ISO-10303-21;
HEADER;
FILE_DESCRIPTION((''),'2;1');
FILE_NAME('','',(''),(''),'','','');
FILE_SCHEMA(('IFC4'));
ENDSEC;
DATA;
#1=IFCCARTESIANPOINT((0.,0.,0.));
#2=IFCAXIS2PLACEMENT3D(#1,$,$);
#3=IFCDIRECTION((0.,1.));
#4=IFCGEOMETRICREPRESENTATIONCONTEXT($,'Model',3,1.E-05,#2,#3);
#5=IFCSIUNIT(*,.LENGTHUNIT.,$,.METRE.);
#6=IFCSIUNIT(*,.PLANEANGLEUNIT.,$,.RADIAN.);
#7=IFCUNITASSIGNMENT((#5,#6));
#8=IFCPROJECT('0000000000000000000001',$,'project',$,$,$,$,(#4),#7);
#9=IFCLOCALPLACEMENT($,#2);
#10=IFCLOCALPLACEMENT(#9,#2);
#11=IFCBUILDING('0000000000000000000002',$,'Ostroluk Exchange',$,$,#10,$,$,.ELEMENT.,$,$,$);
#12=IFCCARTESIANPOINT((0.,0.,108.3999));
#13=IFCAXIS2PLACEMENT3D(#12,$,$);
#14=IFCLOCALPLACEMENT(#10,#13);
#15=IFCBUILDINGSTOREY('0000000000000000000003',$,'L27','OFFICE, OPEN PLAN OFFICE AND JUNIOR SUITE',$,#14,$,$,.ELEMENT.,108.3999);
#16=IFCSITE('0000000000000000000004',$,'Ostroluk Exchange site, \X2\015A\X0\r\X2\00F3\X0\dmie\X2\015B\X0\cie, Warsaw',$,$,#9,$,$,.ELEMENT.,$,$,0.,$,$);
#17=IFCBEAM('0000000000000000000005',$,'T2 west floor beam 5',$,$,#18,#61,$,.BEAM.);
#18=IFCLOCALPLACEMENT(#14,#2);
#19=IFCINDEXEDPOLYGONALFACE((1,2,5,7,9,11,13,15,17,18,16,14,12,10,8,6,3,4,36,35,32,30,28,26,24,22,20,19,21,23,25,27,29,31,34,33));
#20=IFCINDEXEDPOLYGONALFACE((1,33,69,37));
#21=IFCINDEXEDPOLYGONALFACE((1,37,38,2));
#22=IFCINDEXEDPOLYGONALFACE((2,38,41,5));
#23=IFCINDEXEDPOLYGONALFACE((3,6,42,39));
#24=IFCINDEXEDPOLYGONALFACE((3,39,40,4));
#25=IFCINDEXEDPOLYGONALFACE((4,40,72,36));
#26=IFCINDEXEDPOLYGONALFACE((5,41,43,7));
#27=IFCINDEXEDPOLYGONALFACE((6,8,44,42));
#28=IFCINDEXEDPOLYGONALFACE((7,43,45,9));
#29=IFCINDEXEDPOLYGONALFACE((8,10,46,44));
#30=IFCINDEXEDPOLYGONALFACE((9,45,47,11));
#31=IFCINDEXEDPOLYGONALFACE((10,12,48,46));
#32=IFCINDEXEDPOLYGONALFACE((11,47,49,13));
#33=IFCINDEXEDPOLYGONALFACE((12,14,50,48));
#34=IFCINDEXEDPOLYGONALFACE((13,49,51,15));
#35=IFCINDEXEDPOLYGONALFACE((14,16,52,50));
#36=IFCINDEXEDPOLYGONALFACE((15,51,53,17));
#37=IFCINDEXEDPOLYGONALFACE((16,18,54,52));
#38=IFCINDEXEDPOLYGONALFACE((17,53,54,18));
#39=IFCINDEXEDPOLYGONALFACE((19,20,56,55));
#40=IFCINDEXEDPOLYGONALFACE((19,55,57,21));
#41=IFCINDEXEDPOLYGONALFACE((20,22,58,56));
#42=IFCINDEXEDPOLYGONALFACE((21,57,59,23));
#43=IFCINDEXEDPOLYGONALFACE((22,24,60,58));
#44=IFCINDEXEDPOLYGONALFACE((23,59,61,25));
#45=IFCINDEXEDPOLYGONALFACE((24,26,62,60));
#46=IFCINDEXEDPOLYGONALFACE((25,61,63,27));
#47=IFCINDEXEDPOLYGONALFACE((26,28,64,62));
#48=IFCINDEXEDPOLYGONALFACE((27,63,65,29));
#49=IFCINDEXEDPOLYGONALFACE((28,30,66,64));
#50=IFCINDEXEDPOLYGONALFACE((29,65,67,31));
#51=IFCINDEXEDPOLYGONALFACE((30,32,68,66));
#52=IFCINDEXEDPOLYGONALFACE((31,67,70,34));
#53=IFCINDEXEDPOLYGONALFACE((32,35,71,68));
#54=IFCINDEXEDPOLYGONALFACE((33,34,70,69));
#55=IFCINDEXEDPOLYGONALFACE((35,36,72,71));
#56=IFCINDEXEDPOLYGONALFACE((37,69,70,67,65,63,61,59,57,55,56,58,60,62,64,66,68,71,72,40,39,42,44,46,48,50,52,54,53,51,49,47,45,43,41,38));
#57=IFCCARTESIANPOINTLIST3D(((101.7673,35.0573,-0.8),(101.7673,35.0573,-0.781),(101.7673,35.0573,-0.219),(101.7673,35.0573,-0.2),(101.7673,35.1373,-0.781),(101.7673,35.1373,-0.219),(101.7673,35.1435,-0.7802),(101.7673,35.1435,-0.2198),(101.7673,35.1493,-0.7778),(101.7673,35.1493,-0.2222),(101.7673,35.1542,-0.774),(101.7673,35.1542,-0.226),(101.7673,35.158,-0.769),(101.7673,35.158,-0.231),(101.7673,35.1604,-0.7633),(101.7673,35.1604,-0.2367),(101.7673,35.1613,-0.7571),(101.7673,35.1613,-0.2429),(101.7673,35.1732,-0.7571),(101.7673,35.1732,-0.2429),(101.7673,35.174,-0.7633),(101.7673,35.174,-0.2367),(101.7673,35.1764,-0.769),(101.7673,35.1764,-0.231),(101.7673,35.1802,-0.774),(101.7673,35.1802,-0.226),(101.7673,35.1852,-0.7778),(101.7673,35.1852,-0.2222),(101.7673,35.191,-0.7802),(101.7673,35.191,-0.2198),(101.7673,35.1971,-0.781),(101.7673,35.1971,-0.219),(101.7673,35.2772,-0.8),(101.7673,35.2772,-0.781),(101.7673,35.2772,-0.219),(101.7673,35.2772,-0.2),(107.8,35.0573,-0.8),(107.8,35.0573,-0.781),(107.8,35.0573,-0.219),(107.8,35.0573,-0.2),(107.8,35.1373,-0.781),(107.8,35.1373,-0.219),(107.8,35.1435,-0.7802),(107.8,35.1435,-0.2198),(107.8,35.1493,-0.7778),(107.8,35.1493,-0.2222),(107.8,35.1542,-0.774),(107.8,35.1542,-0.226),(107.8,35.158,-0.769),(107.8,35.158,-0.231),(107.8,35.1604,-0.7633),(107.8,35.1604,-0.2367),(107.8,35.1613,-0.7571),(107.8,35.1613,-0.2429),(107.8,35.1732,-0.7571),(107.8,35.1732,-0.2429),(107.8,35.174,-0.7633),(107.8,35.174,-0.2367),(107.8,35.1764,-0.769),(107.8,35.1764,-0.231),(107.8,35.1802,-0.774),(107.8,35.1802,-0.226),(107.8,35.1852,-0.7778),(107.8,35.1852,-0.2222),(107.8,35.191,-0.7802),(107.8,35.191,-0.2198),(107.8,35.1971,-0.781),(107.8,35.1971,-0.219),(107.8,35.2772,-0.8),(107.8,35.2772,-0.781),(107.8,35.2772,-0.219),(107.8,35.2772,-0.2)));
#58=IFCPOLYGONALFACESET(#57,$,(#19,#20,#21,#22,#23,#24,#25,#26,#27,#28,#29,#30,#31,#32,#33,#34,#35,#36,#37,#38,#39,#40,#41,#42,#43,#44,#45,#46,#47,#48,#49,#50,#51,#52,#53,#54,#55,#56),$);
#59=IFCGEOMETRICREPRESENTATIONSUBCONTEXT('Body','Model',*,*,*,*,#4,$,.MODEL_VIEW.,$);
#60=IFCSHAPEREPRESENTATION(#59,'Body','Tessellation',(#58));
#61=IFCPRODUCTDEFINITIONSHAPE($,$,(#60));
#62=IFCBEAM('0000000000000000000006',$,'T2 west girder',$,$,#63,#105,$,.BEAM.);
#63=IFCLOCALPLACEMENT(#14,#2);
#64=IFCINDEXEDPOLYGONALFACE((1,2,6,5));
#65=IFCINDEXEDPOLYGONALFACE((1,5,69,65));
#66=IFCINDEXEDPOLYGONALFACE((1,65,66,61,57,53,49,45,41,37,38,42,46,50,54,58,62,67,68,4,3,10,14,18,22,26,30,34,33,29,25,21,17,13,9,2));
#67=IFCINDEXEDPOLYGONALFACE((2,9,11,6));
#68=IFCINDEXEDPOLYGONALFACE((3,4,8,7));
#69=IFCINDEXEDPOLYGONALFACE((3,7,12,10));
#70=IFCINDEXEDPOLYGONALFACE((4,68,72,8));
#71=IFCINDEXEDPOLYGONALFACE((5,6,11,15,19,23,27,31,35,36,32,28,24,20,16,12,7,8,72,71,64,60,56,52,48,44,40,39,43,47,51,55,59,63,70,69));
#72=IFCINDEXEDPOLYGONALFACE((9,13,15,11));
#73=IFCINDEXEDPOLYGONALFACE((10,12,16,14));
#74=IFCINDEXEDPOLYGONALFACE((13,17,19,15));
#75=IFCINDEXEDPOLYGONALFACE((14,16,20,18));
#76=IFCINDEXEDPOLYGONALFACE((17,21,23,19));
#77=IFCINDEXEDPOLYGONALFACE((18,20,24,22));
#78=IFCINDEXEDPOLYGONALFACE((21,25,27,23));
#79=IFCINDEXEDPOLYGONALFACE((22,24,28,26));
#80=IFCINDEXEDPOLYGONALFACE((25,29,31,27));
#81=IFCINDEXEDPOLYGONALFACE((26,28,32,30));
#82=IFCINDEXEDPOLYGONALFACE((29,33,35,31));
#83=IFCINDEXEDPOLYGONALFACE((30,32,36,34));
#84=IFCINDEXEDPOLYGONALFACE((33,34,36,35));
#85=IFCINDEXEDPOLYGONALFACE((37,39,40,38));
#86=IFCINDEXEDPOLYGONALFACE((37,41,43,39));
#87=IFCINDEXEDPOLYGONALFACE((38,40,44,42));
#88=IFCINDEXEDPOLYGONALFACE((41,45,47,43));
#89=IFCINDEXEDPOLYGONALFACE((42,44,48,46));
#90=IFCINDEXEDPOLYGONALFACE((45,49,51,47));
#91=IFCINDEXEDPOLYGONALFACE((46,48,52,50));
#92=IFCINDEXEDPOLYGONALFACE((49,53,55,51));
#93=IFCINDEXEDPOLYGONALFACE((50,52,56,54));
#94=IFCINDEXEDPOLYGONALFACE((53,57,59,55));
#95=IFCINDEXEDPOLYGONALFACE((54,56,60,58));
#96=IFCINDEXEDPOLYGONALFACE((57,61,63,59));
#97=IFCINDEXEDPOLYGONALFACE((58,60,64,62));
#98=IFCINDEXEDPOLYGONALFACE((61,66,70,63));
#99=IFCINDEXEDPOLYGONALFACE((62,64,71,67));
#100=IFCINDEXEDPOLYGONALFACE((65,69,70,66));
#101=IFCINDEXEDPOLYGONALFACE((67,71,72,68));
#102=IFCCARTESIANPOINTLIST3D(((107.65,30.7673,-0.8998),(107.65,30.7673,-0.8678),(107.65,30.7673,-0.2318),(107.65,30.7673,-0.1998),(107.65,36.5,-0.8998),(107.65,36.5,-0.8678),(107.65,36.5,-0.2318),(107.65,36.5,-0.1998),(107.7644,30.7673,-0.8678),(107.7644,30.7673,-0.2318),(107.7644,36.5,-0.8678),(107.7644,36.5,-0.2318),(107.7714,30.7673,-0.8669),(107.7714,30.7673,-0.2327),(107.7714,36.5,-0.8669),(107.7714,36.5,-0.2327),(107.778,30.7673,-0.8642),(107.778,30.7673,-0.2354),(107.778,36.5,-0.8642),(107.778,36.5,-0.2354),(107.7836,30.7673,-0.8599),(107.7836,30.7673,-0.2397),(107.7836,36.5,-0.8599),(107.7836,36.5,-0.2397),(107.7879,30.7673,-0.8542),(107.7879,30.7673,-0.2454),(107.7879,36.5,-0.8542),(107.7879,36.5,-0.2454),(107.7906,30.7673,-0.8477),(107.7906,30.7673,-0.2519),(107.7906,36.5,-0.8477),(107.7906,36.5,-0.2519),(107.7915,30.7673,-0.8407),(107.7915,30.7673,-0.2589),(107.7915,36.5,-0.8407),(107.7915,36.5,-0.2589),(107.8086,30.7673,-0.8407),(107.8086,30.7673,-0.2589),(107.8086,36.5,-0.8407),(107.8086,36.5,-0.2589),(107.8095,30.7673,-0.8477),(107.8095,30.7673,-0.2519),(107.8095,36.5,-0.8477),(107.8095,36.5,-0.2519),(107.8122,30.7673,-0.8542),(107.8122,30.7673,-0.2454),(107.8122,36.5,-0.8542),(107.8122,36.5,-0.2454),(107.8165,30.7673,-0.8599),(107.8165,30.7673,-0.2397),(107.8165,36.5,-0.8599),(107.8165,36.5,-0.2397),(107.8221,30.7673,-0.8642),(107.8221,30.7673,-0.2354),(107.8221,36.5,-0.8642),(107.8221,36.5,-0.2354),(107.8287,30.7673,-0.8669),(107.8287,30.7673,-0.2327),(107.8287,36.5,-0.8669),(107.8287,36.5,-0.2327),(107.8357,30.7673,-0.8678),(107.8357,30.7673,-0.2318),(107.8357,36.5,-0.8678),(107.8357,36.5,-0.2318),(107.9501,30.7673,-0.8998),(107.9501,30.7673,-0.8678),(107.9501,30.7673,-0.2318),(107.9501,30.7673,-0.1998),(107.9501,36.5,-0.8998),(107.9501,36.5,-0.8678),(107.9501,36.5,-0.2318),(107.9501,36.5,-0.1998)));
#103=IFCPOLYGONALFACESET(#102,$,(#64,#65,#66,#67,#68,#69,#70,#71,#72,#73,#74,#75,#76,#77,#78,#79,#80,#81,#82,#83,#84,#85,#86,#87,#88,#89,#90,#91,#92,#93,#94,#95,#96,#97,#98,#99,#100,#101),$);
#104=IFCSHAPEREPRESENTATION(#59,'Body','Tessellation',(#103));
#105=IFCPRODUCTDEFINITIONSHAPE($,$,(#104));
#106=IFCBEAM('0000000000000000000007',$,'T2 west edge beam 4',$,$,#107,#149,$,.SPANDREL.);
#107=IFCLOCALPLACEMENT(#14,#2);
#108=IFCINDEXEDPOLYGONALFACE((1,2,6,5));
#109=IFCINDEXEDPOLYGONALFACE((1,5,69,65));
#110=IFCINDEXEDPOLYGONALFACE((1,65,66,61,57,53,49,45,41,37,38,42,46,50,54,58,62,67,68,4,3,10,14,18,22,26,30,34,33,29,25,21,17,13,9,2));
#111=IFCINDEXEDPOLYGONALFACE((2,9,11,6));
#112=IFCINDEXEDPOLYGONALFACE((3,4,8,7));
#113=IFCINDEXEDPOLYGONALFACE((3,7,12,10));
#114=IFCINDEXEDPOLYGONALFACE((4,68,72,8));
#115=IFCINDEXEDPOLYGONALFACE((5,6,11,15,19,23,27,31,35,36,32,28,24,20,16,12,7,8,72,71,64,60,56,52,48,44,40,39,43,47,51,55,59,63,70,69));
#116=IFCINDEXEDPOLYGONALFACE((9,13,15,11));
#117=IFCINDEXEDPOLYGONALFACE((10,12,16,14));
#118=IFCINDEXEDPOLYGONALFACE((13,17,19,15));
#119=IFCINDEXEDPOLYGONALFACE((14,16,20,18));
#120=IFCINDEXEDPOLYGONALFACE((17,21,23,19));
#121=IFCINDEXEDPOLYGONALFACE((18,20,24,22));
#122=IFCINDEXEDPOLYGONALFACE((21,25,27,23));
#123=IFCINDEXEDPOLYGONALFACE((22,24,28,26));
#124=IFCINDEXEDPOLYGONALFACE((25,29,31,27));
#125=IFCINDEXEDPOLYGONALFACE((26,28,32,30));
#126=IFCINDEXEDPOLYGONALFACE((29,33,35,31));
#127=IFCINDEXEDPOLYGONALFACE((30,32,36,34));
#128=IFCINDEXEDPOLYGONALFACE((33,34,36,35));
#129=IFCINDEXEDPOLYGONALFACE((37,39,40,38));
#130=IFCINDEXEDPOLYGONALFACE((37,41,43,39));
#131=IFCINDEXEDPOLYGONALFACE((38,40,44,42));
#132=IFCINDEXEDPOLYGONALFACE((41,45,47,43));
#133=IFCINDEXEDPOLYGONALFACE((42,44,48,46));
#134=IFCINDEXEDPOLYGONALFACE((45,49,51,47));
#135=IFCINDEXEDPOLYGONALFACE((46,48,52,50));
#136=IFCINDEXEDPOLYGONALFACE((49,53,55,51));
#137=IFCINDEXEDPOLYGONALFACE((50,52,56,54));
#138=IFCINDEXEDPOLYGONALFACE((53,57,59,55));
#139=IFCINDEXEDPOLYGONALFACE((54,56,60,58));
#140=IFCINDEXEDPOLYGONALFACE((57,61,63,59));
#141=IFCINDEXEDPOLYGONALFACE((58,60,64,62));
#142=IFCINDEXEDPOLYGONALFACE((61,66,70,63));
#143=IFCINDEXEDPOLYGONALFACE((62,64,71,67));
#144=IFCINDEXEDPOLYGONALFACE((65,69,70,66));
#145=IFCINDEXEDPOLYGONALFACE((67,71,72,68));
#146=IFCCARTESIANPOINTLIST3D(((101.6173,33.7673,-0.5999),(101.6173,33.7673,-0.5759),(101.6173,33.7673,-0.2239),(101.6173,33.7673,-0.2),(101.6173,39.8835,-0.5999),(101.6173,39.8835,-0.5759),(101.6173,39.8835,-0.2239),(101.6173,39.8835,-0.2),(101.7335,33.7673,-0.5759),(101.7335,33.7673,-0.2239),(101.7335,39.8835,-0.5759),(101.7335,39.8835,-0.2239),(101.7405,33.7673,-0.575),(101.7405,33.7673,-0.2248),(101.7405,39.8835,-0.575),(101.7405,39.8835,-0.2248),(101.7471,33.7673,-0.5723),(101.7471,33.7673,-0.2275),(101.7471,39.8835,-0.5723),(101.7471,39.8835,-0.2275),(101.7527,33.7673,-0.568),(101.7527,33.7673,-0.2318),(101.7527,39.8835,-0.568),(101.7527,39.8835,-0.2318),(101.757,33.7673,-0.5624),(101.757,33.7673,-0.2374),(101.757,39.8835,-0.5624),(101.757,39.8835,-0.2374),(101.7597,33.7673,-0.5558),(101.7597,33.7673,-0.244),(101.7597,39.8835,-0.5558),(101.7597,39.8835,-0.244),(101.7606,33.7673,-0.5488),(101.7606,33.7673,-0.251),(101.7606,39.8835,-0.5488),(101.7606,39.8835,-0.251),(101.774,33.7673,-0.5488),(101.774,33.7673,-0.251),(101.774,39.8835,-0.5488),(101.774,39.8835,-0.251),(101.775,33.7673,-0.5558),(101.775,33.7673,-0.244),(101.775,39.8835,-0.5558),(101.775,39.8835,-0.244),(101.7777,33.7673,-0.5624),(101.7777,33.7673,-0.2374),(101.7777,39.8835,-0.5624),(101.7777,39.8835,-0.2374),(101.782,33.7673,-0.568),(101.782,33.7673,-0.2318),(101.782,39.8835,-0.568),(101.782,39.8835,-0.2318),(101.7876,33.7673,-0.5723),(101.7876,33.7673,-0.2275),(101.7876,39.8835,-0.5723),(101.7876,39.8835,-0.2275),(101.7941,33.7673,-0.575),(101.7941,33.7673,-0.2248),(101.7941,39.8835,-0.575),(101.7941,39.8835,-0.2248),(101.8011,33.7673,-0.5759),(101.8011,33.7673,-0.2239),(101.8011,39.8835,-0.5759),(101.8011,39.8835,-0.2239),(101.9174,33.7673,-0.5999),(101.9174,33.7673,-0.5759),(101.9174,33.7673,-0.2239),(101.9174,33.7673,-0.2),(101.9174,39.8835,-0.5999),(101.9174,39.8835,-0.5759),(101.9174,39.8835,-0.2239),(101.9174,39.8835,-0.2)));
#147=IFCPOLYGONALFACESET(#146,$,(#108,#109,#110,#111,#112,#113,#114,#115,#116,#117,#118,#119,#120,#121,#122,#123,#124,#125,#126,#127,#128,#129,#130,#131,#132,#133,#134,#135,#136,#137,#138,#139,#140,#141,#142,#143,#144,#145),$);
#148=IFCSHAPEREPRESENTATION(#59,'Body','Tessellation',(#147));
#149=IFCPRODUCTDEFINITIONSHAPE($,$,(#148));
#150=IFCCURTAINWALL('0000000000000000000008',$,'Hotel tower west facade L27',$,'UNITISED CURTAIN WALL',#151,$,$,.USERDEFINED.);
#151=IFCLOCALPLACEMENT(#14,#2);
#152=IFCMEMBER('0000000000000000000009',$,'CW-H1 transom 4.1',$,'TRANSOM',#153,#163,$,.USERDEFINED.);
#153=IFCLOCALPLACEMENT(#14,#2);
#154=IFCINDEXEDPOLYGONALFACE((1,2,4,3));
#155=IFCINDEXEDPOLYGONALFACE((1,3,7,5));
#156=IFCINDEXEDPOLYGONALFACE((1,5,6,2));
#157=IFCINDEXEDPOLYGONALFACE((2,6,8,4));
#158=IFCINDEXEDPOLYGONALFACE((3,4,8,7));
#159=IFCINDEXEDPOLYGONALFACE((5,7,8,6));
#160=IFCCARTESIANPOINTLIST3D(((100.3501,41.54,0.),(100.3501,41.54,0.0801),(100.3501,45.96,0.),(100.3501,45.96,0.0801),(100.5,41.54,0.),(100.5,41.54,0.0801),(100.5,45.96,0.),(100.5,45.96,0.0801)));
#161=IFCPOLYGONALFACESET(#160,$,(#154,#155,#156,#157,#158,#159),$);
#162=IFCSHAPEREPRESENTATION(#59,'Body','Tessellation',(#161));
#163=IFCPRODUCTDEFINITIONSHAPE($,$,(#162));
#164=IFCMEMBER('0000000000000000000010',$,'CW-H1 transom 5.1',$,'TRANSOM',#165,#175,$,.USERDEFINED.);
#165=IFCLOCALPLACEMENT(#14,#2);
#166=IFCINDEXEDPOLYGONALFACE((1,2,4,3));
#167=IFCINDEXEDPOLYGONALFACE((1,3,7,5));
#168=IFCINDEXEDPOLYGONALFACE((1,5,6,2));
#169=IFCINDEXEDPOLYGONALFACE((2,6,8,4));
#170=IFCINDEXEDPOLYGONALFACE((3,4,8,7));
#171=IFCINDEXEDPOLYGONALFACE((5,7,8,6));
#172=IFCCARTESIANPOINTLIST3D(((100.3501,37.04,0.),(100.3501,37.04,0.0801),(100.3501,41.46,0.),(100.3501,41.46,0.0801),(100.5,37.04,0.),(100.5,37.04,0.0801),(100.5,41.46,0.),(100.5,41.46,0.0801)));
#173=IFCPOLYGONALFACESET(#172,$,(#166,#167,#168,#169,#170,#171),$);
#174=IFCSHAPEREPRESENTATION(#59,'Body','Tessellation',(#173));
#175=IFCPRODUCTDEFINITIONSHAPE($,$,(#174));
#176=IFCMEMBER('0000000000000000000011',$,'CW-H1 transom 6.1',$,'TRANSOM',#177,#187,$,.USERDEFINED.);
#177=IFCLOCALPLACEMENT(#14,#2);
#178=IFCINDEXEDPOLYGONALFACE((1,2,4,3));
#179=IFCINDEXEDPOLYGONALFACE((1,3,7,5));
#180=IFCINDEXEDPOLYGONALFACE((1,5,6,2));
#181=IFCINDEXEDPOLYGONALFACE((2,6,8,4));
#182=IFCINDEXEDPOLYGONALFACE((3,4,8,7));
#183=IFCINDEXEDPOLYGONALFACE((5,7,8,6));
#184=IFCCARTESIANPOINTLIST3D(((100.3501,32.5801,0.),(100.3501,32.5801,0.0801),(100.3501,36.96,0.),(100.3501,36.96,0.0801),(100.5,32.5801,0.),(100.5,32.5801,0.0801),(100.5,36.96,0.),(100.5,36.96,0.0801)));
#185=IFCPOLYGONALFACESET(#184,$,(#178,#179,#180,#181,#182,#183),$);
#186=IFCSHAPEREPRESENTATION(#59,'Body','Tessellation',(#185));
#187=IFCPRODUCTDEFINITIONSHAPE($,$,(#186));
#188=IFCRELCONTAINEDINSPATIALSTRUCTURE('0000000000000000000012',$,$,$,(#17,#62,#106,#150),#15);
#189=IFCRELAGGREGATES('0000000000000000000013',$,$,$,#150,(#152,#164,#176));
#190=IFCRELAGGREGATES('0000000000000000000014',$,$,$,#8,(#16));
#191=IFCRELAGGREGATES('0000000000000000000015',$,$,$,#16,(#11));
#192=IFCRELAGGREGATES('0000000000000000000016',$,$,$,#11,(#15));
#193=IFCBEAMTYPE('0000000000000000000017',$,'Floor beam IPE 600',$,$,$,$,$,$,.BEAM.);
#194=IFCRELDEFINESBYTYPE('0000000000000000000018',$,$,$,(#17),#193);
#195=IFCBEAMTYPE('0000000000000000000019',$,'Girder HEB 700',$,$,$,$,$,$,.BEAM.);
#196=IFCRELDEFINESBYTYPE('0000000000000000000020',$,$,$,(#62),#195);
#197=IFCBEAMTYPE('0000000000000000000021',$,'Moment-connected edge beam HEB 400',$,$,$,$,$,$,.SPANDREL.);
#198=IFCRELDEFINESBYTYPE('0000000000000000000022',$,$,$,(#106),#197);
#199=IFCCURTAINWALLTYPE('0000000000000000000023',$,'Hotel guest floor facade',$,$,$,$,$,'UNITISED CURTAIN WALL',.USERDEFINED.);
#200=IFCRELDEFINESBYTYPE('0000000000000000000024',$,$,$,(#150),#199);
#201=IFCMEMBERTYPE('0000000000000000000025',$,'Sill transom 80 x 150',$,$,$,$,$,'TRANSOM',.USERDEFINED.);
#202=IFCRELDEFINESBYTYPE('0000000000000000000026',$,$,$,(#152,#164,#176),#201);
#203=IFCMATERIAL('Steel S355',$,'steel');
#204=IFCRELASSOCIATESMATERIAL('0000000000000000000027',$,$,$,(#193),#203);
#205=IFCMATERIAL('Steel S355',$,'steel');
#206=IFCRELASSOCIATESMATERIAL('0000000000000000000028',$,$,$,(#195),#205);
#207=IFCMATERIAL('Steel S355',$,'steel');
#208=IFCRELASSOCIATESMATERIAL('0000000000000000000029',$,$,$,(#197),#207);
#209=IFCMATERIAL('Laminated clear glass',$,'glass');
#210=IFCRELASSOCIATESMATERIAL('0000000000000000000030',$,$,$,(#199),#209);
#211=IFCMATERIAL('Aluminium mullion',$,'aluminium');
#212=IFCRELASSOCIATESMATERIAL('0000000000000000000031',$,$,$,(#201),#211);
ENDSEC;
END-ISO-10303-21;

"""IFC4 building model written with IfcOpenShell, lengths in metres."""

from ifc_helpers import new_model, si_unit, direction, frame, origin, origin_2d, place, context, subcontext, project, spatial, rectangle, i_section, extrude, material, material_profile, profile_set, type_object, element, aggregate, save


model = new_model("IFC4")

# Units and contexts
model_context = context("Model", 3, precision=1e-05, world=origin(), true_north=direction((0.0, 1.0)))
body_context = subcontext(model_context, "Body", "Model", "MODEL_VIEW")
ifc_project = project(units=[si_unit("LENGTHUNIT", "METRE"), si_unit("PLANEANGLEUNIT", "RADIAN")], contexts=[model_context])

# Site, building, storey
site_placement = place(None, origin())
site = spatial("IfcSite", under=ifc_project, at=site_placement, Name="Ostroluk Exchange site, Śródmieście, Warsaw", CompositionType="ELEMENT", RefElevation=0.0)
building_placement = place(site_placement, origin())
building = spatial("IfcBuilding", under=site, at=building_placement, Name="Ostroluk Exchange", CompositionType="ELEMENT")
storey_placement = place(building_placement, frame((0.0, 0.0, 108.3999)))
storey = spatial("IfcBuildingStorey", under=building, at=storey_placement, Name="L27", Description="OFFICE, OPEN PLAN OFFICE AND JUNIOR SUITE", CompositionType="ELEMENT", Elevation=108.3999)

# Beams
ifc_material_1 = material(Name="Steel S355", Category="steel")
ifc_material_profile_1 = material_profile(ifc_material_1, i_section(OverallWidth=0.22, OverallDepth=0.6001, WebThickness=0.012, FlangeThickness=0.019, FilletRadius=0.0239, at=origin_2d()), Name="IPE 600")
ifc_profile_set_1 = profile_set([ifc_material_profile_1], Name="Steel S355")
beam_type_1 = type_object("IfcBeamType", Name="Floor beam IPE 600", PredefinedType="BEAM", material=ifc_profile_set_1)
beam_1_placement = place(storey_placement, frame((107.8, 35.1672, -0.5), z_axis=(-1.0, 0.0, 0.0), x_axis=(0.0, -1.0, 0.0)))
element("IfcBeam", 1, at=beam_1_placement, inside=storey, type_object=beam_type_1, Name="T2 west floor beam 5", PredefinedType="BEAM", context=body_context, shape_type="SweptSolid", body=[
    extrude(i_section(OverallWidth=0.22, OverallDepth=0.6001, WebThickness=0.012, FlangeThickness=0.019, FilletRadius=0.0239, at=origin_2d()), origin(), (0.0, 0.0, 1.0), 6.0327),
])
ifc_material_2 = material(Name="Steel S355", Category="steel")
ifc_material_profile_2 = material_profile(ifc_material_2, i_section(OverallWidth=0.3, OverallDepth=0.7, WebThickness=0.0171, FlangeThickness=0.032, FilletRadius=0.0271, at=origin_2d()), Name="HEB 700")
ifc_profile_set_2 = profile_set([ifc_material_profile_2], Name="Steel S355")
beam_type_2 = type_object("IfcBeamType", Name="Girder HEB 700", PredefinedType="BEAM", material=ifc_profile_set_2)
beam_2_placement = place(storey_placement, frame((107.8, 36.5, -0.5498), z_axis=(0.0, -1.0, 0.0), x_axis=(1.0, 0.0, 0.0)))
element("IfcBeam", 2, at=beam_2_placement, inside=storey, type_object=beam_type_2, Name="T2 west girder", PredefinedType="BEAM", context=body_context, shape_type="SweptSolid", body=[
    extrude(i_section(OverallWidth=0.3, OverallDepth=0.7, WebThickness=0.0171, FlangeThickness=0.032, FilletRadius=0.0271, at=origin_2d()), origin(), (0.0, 0.0, 1.0), 5.7327),
])
ifc_material_3 = material(Name="Steel S355", Category="steel")
ifc_material_profile_3 = material_profile(ifc_material_3, i_section(OverallWidth=0.3, OverallDepth=0.3999, WebThickness=0.0134, FlangeThickness=0.0239, FilletRadius=0.0271, at=origin_2d()), Name="HEB 400")
ifc_profile_set_3 = profile_set([ifc_material_profile_3], Name="Steel S355")
beam_type_3 = type_object("IfcBeamType", Name="Moment-connected edge beam HEB 400", PredefinedType="SPANDREL", material=ifc_profile_set_3)
beam_3_placement = place(storey_placement, frame((101.7673, 39.8835, -0.3999), z_axis=(0.0, -1.0, 0.0), x_axis=(1.0, 0.0, 0.0)))
element("IfcBeam", 3, at=beam_3_placement, inside=storey, type_object=beam_type_3, Name="T2 west edge beam 4", PredefinedType="SPANDREL", context=body_context, shape_type="SweptSolid", body=[
    extrude(i_section(OverallWidth=0.3, OverallDepth=0.3999, WebThickness=0.0134, FlangeThickness=0.0239, FilletRadius=0.0271, at=origin_2d()), origin(), (0.0, 0.0, 1.0), 6.1162),
])

# Curtain wall, members
ifc_material_4 = material(Name="Laminated clear glass", Category="glass")
curtain_wall_type = type_object("IfcCurtainWallType", Name="Hotel guest floor facade", ElementType="UNITISED CURTAIN WALL", PredefinedType="USERDEFINED", material=ifc_material_4)
curtain_wall_placement = place(storey_placement, origin())
curtain_wall = element("IfcCurtainWall", 4, at=curtain_wall_placement, inside=storey, type_object=curtain_wall_type, Name="Hotel tower west facade L27", ObjectType="UNITISED CURTAIN WALL", PredefinedType="USERDEFINED")
ifc_material_5 = material(Name="Aluminium mullion", Category="aluminium")
ifc_material_profile_4 = material_profile(ifc_material_5, rectangle(XDim=0.1499, YDim=0.0801, at=origin_2d()), Name="Sill transom 80 x 150")
ifc_profile_set_4 = profile_set([ifc_material_profile_4], Name="Aluminium mullion")
member_type_1 = type_object("IfcMemberType", Name="Sill transom 80 x 150", ElementType="TRANSOM", PredefinedType="USERDEFINED", material=ifc_profile_set_4)
member_1_placement = place(storey_placement, frame((100.425, 45.96, 0.04), z_axis=(0.0, -1.0, 0.0), x_axis=(1.0, 0.0, 0.0)))
member_1 = element("IfcMember", 5, at=member_1_placement, type_object=member_type_1, Name="CW-H1 transom 4.1", ObjectType="TRANSOM", PredefinedType="USERDEFINED", context=body_context, shape_type="SweptSolid", body=[
    extrude(rectangle(XDim=0.1499, YDim=0.0801, at=origin_2d()), origin(), (0.0, 0.0, 1.0), 4.4199),
])
member_2_placement = place(storey_placement, frame((100.425, 41.46, 0.04), z_axis=(0.0, -1.0, 0.0), x_axis=(1.0, 0.0, 0.0)))
member_2 = element("IfcMember", 6, at=member_2_placement, type_object=member_type_1, Name="CW-H1 transom 5.1", ObjectType="TRANSOM", PredefinedType="USERDEFINED", context=body_context, shape_type="SweptSolid", body=[
    extrude(rectangle(XDim=0.1499, YDim=0.0801, at=origin_2d()), origin(), (0.0, 0.0, 1.0), 4.4199),
])
member_3_placement = place(storey_placement, frame((100.425, 36.96, 0.04), z_axis=(0.0, -1.0, 0.0), x_axis=(1.0, 0.0, 0.0)))
member_3 = element("IfcMember", 7, at=member_3_placement, type_object=member_type_1, Name="CW-H1 transom 6.1", ObjectType="TRANSOM", PredefinedType="USERDEFINED", context=body_context, shape_type="SweptSolid", body=[
    extrude(rectangle(XDim=0.1499, YDim=0.0801, at=origin_2d()), origin(), (0.0, 0.0, 1.0), 4.3799),
])
aggregate(curtain_wall, [member_1, member_2, member_3])

save(model, "model.ifc")
